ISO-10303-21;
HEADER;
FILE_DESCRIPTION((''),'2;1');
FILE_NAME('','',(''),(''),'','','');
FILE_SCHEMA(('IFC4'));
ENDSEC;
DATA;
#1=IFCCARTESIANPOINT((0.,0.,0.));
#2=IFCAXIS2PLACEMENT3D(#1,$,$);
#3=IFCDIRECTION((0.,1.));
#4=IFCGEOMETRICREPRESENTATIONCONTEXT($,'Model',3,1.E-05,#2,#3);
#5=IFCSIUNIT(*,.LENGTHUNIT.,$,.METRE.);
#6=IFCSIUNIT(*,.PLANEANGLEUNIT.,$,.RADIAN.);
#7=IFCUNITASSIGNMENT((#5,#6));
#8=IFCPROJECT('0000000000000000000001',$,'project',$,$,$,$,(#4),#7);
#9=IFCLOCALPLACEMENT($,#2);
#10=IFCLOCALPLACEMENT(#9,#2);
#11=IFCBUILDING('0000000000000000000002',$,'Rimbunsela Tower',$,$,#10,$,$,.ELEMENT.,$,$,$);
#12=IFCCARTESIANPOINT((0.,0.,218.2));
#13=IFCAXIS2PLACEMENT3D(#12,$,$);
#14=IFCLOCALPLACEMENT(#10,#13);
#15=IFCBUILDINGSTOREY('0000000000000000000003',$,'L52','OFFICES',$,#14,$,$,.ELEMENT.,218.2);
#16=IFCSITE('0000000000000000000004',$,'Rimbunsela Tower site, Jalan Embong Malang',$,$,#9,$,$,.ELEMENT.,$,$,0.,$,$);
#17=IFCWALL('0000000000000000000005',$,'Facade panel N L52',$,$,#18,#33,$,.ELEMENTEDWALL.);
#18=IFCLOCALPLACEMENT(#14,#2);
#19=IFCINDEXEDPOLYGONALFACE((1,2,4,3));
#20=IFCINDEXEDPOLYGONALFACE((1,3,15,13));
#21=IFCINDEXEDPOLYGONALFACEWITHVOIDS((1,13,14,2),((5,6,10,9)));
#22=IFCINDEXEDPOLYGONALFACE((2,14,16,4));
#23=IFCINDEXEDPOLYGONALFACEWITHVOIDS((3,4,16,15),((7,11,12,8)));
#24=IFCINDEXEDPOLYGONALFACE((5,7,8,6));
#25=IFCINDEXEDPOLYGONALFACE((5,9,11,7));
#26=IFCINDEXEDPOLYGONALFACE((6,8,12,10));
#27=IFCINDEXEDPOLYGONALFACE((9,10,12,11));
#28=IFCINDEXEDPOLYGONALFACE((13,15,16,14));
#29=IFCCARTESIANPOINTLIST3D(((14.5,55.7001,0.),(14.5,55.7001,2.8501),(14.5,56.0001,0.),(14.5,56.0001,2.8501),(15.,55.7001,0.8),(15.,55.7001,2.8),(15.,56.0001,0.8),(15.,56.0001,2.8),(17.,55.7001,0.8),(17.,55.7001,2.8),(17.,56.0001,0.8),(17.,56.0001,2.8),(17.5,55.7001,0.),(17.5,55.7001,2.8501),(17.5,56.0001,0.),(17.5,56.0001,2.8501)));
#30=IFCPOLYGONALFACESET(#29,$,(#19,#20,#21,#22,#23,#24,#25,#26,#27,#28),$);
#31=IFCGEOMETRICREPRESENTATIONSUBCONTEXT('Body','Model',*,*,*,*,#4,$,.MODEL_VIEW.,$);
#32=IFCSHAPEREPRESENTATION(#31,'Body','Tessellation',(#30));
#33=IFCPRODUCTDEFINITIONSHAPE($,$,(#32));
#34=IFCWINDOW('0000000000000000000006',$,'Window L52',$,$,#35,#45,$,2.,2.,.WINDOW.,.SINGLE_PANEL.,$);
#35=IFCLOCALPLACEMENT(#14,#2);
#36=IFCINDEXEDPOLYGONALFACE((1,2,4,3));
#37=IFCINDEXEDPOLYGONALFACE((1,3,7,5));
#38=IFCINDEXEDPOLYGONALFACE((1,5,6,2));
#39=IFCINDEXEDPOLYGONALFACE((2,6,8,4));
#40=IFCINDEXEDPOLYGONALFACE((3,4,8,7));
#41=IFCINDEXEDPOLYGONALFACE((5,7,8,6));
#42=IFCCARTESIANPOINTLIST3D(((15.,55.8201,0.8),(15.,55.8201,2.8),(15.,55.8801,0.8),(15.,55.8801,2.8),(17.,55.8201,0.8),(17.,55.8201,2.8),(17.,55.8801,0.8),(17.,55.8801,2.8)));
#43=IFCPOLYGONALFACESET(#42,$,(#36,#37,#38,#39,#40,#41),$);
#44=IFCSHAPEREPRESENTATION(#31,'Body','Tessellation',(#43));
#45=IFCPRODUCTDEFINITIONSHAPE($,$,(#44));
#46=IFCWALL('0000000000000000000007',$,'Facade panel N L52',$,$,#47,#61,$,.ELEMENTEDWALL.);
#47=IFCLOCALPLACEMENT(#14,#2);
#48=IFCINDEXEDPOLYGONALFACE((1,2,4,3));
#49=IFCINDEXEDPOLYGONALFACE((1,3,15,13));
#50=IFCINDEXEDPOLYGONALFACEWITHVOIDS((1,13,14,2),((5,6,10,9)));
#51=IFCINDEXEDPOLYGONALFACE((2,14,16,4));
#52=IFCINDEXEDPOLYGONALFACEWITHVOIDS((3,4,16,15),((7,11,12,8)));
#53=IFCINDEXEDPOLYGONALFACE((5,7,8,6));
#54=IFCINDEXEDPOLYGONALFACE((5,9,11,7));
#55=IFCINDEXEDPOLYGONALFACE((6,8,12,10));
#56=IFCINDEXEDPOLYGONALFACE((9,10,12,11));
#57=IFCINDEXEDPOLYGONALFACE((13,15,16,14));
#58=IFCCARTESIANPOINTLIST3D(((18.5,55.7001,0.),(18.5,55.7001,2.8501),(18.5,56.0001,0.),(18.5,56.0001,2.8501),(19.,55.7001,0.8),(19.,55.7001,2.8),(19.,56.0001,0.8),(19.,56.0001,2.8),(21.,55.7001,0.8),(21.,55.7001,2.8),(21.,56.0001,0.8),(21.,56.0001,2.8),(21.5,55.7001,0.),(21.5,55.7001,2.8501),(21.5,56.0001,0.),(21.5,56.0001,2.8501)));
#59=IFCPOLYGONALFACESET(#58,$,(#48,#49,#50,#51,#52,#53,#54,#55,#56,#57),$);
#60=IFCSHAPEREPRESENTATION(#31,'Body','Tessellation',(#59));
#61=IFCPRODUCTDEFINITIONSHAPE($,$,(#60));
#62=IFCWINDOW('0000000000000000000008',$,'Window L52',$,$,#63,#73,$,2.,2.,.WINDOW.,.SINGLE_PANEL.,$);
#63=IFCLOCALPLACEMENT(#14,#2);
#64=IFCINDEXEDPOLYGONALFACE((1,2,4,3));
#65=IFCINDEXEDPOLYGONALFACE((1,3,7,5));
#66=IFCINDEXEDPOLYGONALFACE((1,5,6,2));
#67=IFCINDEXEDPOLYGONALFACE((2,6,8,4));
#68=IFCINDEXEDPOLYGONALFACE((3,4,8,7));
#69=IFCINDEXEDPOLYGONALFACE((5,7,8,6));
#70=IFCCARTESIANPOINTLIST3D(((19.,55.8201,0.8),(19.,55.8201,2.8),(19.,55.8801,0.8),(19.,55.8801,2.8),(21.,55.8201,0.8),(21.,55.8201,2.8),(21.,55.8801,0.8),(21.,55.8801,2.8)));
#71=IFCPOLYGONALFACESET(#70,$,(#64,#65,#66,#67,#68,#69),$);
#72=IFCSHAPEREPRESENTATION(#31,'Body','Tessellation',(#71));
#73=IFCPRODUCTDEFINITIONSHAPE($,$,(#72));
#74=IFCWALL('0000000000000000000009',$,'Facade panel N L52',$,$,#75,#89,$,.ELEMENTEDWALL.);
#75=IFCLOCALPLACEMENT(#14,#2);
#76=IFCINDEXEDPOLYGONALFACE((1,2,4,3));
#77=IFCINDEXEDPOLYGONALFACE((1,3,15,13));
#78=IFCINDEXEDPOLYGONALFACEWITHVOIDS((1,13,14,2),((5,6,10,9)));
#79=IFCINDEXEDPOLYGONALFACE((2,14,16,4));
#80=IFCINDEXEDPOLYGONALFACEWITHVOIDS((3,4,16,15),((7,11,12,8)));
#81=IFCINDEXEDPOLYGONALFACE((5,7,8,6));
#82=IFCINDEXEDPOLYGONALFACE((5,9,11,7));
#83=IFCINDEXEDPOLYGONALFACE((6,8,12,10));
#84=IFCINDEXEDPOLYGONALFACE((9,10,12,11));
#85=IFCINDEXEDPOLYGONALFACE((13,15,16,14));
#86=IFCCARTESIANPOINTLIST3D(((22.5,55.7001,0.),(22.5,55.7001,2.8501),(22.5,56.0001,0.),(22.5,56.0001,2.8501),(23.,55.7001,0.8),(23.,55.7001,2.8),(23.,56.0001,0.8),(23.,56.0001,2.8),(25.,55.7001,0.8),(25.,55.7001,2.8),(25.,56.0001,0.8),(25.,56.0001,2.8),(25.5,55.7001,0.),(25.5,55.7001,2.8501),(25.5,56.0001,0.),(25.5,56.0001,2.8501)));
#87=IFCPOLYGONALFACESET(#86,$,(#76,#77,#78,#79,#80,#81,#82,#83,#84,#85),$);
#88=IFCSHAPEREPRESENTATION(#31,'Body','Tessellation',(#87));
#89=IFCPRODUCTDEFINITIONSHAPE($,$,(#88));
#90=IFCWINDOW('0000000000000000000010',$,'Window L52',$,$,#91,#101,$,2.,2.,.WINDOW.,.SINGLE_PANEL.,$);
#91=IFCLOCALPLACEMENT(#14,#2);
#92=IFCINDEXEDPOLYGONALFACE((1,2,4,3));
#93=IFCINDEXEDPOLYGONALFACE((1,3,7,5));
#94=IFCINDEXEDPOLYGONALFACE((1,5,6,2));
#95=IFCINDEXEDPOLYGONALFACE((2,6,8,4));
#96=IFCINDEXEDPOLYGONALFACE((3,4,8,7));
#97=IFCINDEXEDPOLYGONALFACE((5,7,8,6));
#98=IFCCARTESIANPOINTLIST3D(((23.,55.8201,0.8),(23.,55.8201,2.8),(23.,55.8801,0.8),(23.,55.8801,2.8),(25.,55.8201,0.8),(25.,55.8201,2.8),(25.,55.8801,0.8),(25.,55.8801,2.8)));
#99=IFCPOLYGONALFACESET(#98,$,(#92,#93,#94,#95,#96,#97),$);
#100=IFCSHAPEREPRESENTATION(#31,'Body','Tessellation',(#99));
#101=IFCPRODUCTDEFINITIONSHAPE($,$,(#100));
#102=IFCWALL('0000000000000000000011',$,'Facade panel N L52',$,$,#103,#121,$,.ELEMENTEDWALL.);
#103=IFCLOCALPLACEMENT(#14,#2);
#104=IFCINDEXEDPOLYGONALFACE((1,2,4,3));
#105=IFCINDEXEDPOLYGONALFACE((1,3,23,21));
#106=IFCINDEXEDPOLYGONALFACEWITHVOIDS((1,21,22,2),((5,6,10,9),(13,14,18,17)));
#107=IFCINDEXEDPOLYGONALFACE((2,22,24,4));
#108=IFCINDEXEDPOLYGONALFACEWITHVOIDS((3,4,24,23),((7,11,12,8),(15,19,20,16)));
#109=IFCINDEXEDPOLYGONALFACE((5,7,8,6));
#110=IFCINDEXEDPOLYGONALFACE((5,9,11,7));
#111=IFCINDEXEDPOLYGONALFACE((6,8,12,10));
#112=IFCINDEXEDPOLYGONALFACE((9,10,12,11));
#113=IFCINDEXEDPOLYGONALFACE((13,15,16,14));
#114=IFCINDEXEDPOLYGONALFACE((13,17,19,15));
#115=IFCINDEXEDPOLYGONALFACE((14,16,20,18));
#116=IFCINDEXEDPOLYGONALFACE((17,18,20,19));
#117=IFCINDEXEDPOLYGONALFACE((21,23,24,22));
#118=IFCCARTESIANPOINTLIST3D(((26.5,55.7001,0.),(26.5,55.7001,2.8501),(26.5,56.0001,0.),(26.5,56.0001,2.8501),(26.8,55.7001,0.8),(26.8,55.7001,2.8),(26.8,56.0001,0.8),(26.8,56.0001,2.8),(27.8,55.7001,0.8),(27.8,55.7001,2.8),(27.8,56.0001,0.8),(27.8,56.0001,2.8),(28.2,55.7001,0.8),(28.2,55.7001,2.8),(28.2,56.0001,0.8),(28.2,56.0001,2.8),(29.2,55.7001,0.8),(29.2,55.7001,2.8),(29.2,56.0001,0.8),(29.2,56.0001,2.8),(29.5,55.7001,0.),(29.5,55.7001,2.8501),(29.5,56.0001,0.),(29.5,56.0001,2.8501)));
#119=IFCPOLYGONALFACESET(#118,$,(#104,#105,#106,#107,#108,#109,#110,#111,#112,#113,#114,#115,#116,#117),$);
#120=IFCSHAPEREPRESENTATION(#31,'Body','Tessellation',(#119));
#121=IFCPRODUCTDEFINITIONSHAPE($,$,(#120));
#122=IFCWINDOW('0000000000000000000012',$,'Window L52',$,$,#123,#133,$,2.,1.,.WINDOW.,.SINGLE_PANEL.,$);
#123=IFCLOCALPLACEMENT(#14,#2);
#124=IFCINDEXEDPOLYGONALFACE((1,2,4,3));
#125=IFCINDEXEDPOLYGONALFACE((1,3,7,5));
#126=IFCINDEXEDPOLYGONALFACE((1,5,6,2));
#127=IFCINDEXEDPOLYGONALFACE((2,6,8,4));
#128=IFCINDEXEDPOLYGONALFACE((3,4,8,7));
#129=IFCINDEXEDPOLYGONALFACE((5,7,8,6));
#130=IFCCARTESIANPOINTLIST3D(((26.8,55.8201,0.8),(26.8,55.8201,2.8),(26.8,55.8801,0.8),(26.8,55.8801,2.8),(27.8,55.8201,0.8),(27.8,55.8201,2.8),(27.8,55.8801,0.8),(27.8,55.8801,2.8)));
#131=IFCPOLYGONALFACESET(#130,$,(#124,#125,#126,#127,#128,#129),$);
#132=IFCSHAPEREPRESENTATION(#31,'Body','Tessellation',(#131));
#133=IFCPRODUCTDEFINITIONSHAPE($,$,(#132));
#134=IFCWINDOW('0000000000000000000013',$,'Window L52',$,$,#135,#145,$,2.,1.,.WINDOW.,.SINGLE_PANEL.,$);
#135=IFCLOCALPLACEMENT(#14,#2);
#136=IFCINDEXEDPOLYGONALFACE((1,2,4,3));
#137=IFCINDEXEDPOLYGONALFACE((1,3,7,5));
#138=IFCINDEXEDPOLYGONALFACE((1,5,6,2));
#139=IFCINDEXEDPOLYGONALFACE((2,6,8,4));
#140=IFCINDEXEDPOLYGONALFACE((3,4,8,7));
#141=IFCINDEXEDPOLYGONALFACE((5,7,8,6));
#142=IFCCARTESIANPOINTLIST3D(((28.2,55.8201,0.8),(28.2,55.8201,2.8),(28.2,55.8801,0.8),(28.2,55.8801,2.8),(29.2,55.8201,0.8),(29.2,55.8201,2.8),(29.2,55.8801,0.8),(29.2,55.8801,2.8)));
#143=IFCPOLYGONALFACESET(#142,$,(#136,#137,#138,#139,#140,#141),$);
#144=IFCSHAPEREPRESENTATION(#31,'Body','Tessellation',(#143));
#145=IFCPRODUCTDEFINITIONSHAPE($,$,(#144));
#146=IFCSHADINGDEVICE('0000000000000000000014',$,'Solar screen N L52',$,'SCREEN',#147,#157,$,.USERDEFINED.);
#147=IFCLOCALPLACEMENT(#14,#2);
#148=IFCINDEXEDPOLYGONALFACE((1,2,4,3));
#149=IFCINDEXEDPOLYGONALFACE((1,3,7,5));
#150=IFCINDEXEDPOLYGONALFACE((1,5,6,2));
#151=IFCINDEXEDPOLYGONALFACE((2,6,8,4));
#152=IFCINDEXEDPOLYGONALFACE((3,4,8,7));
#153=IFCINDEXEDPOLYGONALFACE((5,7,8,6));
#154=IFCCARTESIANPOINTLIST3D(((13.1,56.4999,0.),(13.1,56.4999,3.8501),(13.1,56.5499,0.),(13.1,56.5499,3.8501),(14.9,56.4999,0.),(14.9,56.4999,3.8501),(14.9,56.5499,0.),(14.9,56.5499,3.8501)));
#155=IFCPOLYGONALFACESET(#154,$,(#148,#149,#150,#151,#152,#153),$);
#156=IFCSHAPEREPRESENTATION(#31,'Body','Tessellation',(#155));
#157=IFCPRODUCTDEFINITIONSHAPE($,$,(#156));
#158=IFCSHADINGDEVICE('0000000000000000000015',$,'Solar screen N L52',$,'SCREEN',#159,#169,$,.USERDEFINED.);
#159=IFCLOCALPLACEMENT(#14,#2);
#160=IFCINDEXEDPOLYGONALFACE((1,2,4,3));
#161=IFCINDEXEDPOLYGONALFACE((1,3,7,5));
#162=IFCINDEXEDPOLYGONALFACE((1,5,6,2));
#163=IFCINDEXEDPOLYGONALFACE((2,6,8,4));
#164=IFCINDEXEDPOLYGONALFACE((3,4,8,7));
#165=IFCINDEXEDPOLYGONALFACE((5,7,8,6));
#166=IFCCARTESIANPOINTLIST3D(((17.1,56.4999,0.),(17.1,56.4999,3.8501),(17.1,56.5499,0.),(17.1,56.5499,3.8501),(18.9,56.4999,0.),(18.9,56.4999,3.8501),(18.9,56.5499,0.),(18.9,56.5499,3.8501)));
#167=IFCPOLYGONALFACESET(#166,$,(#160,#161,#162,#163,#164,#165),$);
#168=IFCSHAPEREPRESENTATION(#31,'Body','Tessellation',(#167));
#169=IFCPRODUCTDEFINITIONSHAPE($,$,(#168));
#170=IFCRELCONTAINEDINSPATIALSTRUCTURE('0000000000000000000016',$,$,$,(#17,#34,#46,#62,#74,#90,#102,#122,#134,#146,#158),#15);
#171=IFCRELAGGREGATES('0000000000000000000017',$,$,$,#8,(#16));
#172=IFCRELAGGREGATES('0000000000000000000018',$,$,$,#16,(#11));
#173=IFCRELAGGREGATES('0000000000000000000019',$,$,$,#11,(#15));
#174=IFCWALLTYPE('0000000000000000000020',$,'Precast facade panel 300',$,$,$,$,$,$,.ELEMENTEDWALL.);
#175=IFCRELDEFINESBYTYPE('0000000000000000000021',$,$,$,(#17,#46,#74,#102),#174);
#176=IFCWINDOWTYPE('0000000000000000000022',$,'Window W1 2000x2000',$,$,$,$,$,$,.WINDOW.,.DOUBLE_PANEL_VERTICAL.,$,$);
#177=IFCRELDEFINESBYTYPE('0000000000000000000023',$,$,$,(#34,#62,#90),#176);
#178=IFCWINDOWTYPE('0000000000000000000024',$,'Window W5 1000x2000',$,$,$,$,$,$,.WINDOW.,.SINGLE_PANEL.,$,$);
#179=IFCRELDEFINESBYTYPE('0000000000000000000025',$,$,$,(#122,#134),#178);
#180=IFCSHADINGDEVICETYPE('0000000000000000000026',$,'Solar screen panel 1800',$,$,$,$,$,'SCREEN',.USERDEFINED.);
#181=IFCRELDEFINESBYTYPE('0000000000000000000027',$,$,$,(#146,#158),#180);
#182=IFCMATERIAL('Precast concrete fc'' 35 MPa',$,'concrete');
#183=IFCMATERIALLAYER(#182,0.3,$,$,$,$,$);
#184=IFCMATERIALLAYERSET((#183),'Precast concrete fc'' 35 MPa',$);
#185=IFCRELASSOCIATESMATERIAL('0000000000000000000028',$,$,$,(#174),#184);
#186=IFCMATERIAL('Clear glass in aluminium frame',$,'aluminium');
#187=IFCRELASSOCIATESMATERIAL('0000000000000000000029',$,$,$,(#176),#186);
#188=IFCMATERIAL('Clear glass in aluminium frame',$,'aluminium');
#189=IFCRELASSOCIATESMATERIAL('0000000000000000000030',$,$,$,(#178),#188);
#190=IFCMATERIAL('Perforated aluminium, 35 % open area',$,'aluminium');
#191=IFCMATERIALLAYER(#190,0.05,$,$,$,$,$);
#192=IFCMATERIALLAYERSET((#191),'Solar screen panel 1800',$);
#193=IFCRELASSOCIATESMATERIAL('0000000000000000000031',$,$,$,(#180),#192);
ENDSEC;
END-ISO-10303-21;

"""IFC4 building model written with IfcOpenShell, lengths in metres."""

from ifc_helpers import new_model, si_unit, direction, frame, frame_2d, origin, origin_2d, place, context, subcontext, project, spatial, rectangle, extrude, material, layer, layer_set, type_object, element, fill, save


model = new_model("IFC4")

# Units and contexts
model_context = context("Model", 3, precision=1e-05, world=origin(), true_north=direction((0.0, 1.0)))
body_context = subcontext(model_context, "Body", "Model", "MODEL_VIEW")
ifc_project = project(units=[si_unit("LENGTHUNIT", "METRE"), si_unit("PLANEANGLEUNIT", "RADIAN")], contexts=[model_context])

# Site, building, storey
site_placement = place(None, origin())
site = spatial("IfcSite", under=ifc_project, at=site_placement, Name="Rimbunsela Tower site, Jalan Embong Malang", CompositionType="ELEMENT", RefElevation=0.0)
building_placement = place(site_placement, origin())
building = spatial("IfcBuilding", under=site, at=building_placement, Name="Rimbunsela Tower", CompositionType="ELEMENT")
storey_placement = place(building_placement, frame((0.0, 0.0, 218.2)))
storey = spatial("IfcBuildingStorey", under=building, at=storey_placement, Name="L52", Description="OFFICES", CompositionType="ELEMENT", Elevation=218.2)

# Walls, openings, windows
ifc_material_1 = material(Name="Precast concrete fc' 35 MPa", Category="concrete")
ifc_layer_1 = layer(ifc_material_1, 0.3)
ifc_layer_set_1 = layer_set([ifc_layer_1], Name="Precast concrete fc' 35 MPa")
wall_type_1 = type_object("IfcWallType", Name="Precast facade panel 300", PredefinedType="ELEMENTEDWALL", material=ifc_layer_set_1)
wall_1_placement = place(storey_placement, frame((17.5, 55.8501, 0.0), z_axis=(0.0, 0.0, 1.0), x_axis=(-1.0, 0.0, 0.0)))
wall_1 = element("IfcWall", 1, at=wall_1_placement, inside=storey, type_object=wall_type_1, Name="Facade panel N L52", PredefinedType="ELEMENTEDWALL", context=body_context, shape_type="SweptSolid", body=[
    extrude(rectangle(XDim=3.0, YDim=0.3, at=frame_2d((1.5, 0.0))), origin(), (0.0, 0.0, 1.0), 2.8501),
])
opening_1_placement = place(wall_1_placement, frame((0.5, 0.0, 0.8)))
opening_1 = element("IfcOpeningElement", 2, at=opening_1_placement, cuts=wall_1, PredefinedType="OPENING", context=body_context, shape_type="SweptSolid", body=[
    extrude(rectangle(XDim=2.0, YDim=2.0, at=frame_2d((1.0, 1.0))), frame((0.0, 0.1599, 0.0), z_axis=(0.0, -1.0, 0.0), x_axis=(1.0, 0.0, 0.0)), (0.0, 0.0, 1.0), 0.3201),
])
ifc_material_2 = material(Name="Clear glass in aluminium frame", Category="aluminium")
window_type_1 = type_object("IfcWindowType", Name="Window W1 2000x2000", PartitioningType="DOUBLE_PANEL_VERTICAL", PredefinedType="WINDOW", material=ifc_material_2)
window_1_placement = place(opening_1_placement, origin())
window_1 = element("IfcWindow", 3, at=window_1_placement, inside=storey, type_object=window_type_1, Name="Window L52", OverallHeight=2.0, OverallWidth=2.0, PartitioningType="SINGLE_PANEL", PredefinedType="WINDOW", context=body_context, shape_type="SweptSolid", body=[
    extrude(rectangle(XDim=2.0, YDim=2.0, at=frame_2d((1.0, 1.0))), frame((0.0, 0.03, 0.0), z_axis=(0.0, -1.0, 0.0), x_axis=(1.0, 0.0, 0.0)), (0.0, 0.0, 1.0), 0.0601),
])
fill(opening_1, window_1)
wall_2_placement = place(storey_placement, frame((21.5, 55.8501, 0.0), z_axis=(0.0, 0.0, 1.0), x_axis=(-1.0, 0.0, 0.0)))
wall_2 = element("IfcWall", 4, at=wall_2_placement, inside=storey, type_object=wall_type_1, Name="Facade panel N L52", PredefinedType="ELEMENTEDWALL", context=body_context, shape_type="SweptSolid", body=[
    extrude(rectangle(XDim=3.0, YDim=0.3, at=frame_2d((1.5, 0.0))), origin(), (0.0, 0.0, 1.0), 2.8501),
])
opening_2_placement = place(wall_2_placement, frame((0.5, 0.0, 0.8)))
opening_2 = element("IfcOpeningElement", 5, at=opening_2_placement, cuts=wall_2, PredefinedType="OPENING", context=body_context, shape_type="SweptSolid", body=[
    extrude(rectangle(XDim=2.0, YDim=2.0, at=frame_2d((1.0, 1.0))), frame((0.0, 0.1599, 0.0), z_axis=(0.0, -1.0, 0.0), x_axis=(1.0, 0.0, 0.0)), (0.0, 0.0, 1.0), 0.3201),
])
window_2_placement = place(opening_2_placement, origin())
window_2 = element("IfcWindow", 6, at=window_2_placement, inside=storey, type_object=window_type_1, Name="Window L52", OverallHeight=2.0, OverallWidth=2.0, PartitioningType="SINGLE_PANEL", PredefinedType="WINDOW", context=body_context, shape_type="SweptSolid", body=[
    extrude(rectangle(XDim=2.0, YDim=2.0, at=frame_2d((1.0, 1.0))), frame((0.0, 0.03, 0.0), z_axis=(0.0, -1.0, 0.0), x_axis=(1.0, 0.0, 0.0)), (0.0, 0.0, 1.0), 0.0601),
])
fill(opening_2, window_2)
wall_3_placement = place(storey_placement, frame((25.5, 55.8501, 0.0), z_axis=(0.0, 0.0, 1.0), x_axis=(-1.0, 0.0, 0.0)))
wall_3 = element("IfcWall", 7, at=wall_3_placement, inside=storey, type_object=wall_type_1, Name="Facade panel N L52", PredefinedType="ELEMENTEDWALL", context=body_context, shape_type="SweptSolid", body=[
    extrude(rectangle(XDim=3.0, YDim=0.3, at=frame_2d((1.5, 0.0))), origin(), (0.0, 0.0, 1.0), 2.8501),
])
opening_3_placement = place(wall_3_placement, frame((0.5, 0.0, 0.8)))
opening_3 = element("IfcOpeningElement", 8, at=opening_3_placement, cuts=wall_3, PredefinedType="OPENING", context=body_context, shape_type="SweptSolid", body=[
    extrude(rectangle(XDim=2.0, YDim=2.0, at=frame_2d((1.0, 1.0))), frame((0.0, 0.1599, 0.0), z_axis=(0.0, -1.0, 0.0), x_axis=(1.0, 0.0, 0.0)), (0.0, 0.0, 1.0), 0.3201),
])
window_3_placement = place(opening_3_placement, origin())
window_3 = element("IfcWindow", 9, at=window_3_placement, inside=storey, type_object=window_type_1, Name="Window L52", OverallHeight=2.0, OverallWidth=2.0, PartitioningType="SINGLE_PANEL", PredefinedType="WINDOW", context=body_context, shape_type="SweptSolid", body=[
    extrude(rectangle(XDim=2.0, YDim=2.0, at=frame_2d((1.0, 1.0))), frame((0.0, 0.03, 0.0), z_axis=(0.0, -1.0, 0.0), x_axis=(1.0, 0.0, 0.0)), (0.0, 0.0, 1.0), 0.0601),
])
fill(opening_3, window_3)

# Wall, openings, windows
wall_4_placement = place(storey_placement, frame((29.5, 55.8501, 0.0), z_axis=(0.0, 0.0, 1.0), x_axis=(-1.0, 0.0, 0.0)))
wall_4 = element("IfcWall", 10, at=wall_4_placement, inside=storey, type_object=wall_type_1, Name="Facade panel N L52", PredefinedType="ELEMENTEDWALL", context=body_context, shape_type="SweptSolid", body=[
    extrude(rectangle(XDim=3.0, YDim=0.3, at=frame_2d((1.5, 0.0))), origin(), (0.0, 0.0, 1.0), 2.8501),
])
opening_4_placement = place(wall_4_placement, frame((1.7, 0.0, 0.8)))
opening_4 = element("IfcOpeningElement", 11, at=opening_4_placement, cuts=wall_4, PredefinedType="OPENING", context=body_context, shape_type="SweptSolid", body=[
    extrude(rectangle(XDim=1.0, YDim=2.0, at=frame_2d((0.5, 1.0))), frame((0.0, 0.1599, 0.0), z_axis=(0.0, -1.0, 0.0), x_axis=(1.0, 0.0, 0.0)), (0.0, 0.0, 1.0), 0.3201),
])
opening_5_placement = place(wall_4_placement, frame((0.3, 0.0, 0.8)))
opening_5 = element("IfcOpeningElement", 12, at=opening_5_placement, cuts=wall_4, PredefinedType="OPENING", context=body_context, shape_type="SweptSolid", body=[
    extrude(rectangle(XDim=1.0, YDim=2.0, at=frame_2d((0.5, 1.0))), frame((0.0, 0.1599, 0.0), z_axis=(0.0, -1.0, 0.0), x_axis=(1.0, 0.0, 0.0)), (0.0, 0.0, 1.0), 0.3201),
])
ifc_material_3 = material(Name="Clear glass in aluminium frame", Category="aluminium")
window_type_2 = type_object("IfcWindowType", Name="Window W5 1000x2000", PartitioningType="SINGLE_PANEL", PredefinedType="WINDOW", material=ifc_material_3)
window_4_placement = place(opening_4_placement, origin())
window_4 = element("IfcWindow", 13, at=window_4_placement, inside=storey, type_object=window_type_2, Name="Window L52", OverallHeight=2.0, OverallWidth=1.0, PartitioningType="SINGLE_PANEL", PredefinedType="WINDOW", context=body_context, shape_type="SweptSolid", body=[
    extrude(rectangle(XDim=1.0, YDim=2.0, at=frame_2d((0.5, 1.0))), frame((0.0, 0.03, 0.0), z_axis=(0.0, -1.0, 0.0), x_axis=(1.0, 0.0, 0.0)), (0.0, 0.0, 1.0), 0.0601),
])
fill(opening_4, window_4)
window_5_placement = place(opening_5_placement, origin())
window_5 = element("IfcWindow", 14, at=window_5_placement, inside=storey, type_object=window_type_2, Name="Window L52", OverallHeight=2.0, OverallWidth=1.0, PartitioningType="SINGLE_PANEL", PredefinedType="WINDOW", context=body_context, shape_type="SweptSolid", body=[
    extrude(rectangle(XDim=1.0, YDim=2.0, at=frame_2d((0.5, 1.0))), frame((0.0, 0.03, 0.0), z_axis=(0.0, -1.0, 0.0), x_axis=(1.0, 0.0, 0.0)), (0.0, 0.0, 1.0), 0.0601),
])
fill(opening_5, window_5)

# Shading devices
ifc_material_4 = material(Name="Perforated aluminium, 35 % open area", Category="aluminium")
ifc_layer_2 = layer(ifc_material_4, 0.05)
ifc_layer_set_2 = layer_set([ifc_layer_2], Name="Solar screen panel 1800")
shading_device_type = type_object("IfcShadingDeviceType", Name="Solar screen panel 1800", ElementType="SCREEN", PredefinedType="USERDEFINED", material=ifc_layer_set_2)
for number, where, z_axis, x_axis, name in (
    (15, (14.0, 56.5249, 0.0), (0.0, 0.0, 1.0), (1.0, 0.0, 0.0), "Solar screen N L52"),
    (16, (18.0, 56.5249, 0.0), (0.0, 0.0, 1.0), (1.0, 0.0, 0.0), "Solar screen N L52"),
):
    element("IfcShadingDevice", number, at=place(storey_placement, frame(where, z_axis=z_axis, x_axis=x_axis)), inside=storey, type_object=shading_device_type, Name=name, ObjectType="SCREEN", PredefinedType="USERDEFINED", context=body_context, shape_type="SweptSolid", body=[
        extrude(rectangle(XDim=1.8, YDim=0.05, at=origin_2d()), origin(), (0.0, 0.0, 1.0), 3.8501),
    ])

save(model, "model.ifc")
